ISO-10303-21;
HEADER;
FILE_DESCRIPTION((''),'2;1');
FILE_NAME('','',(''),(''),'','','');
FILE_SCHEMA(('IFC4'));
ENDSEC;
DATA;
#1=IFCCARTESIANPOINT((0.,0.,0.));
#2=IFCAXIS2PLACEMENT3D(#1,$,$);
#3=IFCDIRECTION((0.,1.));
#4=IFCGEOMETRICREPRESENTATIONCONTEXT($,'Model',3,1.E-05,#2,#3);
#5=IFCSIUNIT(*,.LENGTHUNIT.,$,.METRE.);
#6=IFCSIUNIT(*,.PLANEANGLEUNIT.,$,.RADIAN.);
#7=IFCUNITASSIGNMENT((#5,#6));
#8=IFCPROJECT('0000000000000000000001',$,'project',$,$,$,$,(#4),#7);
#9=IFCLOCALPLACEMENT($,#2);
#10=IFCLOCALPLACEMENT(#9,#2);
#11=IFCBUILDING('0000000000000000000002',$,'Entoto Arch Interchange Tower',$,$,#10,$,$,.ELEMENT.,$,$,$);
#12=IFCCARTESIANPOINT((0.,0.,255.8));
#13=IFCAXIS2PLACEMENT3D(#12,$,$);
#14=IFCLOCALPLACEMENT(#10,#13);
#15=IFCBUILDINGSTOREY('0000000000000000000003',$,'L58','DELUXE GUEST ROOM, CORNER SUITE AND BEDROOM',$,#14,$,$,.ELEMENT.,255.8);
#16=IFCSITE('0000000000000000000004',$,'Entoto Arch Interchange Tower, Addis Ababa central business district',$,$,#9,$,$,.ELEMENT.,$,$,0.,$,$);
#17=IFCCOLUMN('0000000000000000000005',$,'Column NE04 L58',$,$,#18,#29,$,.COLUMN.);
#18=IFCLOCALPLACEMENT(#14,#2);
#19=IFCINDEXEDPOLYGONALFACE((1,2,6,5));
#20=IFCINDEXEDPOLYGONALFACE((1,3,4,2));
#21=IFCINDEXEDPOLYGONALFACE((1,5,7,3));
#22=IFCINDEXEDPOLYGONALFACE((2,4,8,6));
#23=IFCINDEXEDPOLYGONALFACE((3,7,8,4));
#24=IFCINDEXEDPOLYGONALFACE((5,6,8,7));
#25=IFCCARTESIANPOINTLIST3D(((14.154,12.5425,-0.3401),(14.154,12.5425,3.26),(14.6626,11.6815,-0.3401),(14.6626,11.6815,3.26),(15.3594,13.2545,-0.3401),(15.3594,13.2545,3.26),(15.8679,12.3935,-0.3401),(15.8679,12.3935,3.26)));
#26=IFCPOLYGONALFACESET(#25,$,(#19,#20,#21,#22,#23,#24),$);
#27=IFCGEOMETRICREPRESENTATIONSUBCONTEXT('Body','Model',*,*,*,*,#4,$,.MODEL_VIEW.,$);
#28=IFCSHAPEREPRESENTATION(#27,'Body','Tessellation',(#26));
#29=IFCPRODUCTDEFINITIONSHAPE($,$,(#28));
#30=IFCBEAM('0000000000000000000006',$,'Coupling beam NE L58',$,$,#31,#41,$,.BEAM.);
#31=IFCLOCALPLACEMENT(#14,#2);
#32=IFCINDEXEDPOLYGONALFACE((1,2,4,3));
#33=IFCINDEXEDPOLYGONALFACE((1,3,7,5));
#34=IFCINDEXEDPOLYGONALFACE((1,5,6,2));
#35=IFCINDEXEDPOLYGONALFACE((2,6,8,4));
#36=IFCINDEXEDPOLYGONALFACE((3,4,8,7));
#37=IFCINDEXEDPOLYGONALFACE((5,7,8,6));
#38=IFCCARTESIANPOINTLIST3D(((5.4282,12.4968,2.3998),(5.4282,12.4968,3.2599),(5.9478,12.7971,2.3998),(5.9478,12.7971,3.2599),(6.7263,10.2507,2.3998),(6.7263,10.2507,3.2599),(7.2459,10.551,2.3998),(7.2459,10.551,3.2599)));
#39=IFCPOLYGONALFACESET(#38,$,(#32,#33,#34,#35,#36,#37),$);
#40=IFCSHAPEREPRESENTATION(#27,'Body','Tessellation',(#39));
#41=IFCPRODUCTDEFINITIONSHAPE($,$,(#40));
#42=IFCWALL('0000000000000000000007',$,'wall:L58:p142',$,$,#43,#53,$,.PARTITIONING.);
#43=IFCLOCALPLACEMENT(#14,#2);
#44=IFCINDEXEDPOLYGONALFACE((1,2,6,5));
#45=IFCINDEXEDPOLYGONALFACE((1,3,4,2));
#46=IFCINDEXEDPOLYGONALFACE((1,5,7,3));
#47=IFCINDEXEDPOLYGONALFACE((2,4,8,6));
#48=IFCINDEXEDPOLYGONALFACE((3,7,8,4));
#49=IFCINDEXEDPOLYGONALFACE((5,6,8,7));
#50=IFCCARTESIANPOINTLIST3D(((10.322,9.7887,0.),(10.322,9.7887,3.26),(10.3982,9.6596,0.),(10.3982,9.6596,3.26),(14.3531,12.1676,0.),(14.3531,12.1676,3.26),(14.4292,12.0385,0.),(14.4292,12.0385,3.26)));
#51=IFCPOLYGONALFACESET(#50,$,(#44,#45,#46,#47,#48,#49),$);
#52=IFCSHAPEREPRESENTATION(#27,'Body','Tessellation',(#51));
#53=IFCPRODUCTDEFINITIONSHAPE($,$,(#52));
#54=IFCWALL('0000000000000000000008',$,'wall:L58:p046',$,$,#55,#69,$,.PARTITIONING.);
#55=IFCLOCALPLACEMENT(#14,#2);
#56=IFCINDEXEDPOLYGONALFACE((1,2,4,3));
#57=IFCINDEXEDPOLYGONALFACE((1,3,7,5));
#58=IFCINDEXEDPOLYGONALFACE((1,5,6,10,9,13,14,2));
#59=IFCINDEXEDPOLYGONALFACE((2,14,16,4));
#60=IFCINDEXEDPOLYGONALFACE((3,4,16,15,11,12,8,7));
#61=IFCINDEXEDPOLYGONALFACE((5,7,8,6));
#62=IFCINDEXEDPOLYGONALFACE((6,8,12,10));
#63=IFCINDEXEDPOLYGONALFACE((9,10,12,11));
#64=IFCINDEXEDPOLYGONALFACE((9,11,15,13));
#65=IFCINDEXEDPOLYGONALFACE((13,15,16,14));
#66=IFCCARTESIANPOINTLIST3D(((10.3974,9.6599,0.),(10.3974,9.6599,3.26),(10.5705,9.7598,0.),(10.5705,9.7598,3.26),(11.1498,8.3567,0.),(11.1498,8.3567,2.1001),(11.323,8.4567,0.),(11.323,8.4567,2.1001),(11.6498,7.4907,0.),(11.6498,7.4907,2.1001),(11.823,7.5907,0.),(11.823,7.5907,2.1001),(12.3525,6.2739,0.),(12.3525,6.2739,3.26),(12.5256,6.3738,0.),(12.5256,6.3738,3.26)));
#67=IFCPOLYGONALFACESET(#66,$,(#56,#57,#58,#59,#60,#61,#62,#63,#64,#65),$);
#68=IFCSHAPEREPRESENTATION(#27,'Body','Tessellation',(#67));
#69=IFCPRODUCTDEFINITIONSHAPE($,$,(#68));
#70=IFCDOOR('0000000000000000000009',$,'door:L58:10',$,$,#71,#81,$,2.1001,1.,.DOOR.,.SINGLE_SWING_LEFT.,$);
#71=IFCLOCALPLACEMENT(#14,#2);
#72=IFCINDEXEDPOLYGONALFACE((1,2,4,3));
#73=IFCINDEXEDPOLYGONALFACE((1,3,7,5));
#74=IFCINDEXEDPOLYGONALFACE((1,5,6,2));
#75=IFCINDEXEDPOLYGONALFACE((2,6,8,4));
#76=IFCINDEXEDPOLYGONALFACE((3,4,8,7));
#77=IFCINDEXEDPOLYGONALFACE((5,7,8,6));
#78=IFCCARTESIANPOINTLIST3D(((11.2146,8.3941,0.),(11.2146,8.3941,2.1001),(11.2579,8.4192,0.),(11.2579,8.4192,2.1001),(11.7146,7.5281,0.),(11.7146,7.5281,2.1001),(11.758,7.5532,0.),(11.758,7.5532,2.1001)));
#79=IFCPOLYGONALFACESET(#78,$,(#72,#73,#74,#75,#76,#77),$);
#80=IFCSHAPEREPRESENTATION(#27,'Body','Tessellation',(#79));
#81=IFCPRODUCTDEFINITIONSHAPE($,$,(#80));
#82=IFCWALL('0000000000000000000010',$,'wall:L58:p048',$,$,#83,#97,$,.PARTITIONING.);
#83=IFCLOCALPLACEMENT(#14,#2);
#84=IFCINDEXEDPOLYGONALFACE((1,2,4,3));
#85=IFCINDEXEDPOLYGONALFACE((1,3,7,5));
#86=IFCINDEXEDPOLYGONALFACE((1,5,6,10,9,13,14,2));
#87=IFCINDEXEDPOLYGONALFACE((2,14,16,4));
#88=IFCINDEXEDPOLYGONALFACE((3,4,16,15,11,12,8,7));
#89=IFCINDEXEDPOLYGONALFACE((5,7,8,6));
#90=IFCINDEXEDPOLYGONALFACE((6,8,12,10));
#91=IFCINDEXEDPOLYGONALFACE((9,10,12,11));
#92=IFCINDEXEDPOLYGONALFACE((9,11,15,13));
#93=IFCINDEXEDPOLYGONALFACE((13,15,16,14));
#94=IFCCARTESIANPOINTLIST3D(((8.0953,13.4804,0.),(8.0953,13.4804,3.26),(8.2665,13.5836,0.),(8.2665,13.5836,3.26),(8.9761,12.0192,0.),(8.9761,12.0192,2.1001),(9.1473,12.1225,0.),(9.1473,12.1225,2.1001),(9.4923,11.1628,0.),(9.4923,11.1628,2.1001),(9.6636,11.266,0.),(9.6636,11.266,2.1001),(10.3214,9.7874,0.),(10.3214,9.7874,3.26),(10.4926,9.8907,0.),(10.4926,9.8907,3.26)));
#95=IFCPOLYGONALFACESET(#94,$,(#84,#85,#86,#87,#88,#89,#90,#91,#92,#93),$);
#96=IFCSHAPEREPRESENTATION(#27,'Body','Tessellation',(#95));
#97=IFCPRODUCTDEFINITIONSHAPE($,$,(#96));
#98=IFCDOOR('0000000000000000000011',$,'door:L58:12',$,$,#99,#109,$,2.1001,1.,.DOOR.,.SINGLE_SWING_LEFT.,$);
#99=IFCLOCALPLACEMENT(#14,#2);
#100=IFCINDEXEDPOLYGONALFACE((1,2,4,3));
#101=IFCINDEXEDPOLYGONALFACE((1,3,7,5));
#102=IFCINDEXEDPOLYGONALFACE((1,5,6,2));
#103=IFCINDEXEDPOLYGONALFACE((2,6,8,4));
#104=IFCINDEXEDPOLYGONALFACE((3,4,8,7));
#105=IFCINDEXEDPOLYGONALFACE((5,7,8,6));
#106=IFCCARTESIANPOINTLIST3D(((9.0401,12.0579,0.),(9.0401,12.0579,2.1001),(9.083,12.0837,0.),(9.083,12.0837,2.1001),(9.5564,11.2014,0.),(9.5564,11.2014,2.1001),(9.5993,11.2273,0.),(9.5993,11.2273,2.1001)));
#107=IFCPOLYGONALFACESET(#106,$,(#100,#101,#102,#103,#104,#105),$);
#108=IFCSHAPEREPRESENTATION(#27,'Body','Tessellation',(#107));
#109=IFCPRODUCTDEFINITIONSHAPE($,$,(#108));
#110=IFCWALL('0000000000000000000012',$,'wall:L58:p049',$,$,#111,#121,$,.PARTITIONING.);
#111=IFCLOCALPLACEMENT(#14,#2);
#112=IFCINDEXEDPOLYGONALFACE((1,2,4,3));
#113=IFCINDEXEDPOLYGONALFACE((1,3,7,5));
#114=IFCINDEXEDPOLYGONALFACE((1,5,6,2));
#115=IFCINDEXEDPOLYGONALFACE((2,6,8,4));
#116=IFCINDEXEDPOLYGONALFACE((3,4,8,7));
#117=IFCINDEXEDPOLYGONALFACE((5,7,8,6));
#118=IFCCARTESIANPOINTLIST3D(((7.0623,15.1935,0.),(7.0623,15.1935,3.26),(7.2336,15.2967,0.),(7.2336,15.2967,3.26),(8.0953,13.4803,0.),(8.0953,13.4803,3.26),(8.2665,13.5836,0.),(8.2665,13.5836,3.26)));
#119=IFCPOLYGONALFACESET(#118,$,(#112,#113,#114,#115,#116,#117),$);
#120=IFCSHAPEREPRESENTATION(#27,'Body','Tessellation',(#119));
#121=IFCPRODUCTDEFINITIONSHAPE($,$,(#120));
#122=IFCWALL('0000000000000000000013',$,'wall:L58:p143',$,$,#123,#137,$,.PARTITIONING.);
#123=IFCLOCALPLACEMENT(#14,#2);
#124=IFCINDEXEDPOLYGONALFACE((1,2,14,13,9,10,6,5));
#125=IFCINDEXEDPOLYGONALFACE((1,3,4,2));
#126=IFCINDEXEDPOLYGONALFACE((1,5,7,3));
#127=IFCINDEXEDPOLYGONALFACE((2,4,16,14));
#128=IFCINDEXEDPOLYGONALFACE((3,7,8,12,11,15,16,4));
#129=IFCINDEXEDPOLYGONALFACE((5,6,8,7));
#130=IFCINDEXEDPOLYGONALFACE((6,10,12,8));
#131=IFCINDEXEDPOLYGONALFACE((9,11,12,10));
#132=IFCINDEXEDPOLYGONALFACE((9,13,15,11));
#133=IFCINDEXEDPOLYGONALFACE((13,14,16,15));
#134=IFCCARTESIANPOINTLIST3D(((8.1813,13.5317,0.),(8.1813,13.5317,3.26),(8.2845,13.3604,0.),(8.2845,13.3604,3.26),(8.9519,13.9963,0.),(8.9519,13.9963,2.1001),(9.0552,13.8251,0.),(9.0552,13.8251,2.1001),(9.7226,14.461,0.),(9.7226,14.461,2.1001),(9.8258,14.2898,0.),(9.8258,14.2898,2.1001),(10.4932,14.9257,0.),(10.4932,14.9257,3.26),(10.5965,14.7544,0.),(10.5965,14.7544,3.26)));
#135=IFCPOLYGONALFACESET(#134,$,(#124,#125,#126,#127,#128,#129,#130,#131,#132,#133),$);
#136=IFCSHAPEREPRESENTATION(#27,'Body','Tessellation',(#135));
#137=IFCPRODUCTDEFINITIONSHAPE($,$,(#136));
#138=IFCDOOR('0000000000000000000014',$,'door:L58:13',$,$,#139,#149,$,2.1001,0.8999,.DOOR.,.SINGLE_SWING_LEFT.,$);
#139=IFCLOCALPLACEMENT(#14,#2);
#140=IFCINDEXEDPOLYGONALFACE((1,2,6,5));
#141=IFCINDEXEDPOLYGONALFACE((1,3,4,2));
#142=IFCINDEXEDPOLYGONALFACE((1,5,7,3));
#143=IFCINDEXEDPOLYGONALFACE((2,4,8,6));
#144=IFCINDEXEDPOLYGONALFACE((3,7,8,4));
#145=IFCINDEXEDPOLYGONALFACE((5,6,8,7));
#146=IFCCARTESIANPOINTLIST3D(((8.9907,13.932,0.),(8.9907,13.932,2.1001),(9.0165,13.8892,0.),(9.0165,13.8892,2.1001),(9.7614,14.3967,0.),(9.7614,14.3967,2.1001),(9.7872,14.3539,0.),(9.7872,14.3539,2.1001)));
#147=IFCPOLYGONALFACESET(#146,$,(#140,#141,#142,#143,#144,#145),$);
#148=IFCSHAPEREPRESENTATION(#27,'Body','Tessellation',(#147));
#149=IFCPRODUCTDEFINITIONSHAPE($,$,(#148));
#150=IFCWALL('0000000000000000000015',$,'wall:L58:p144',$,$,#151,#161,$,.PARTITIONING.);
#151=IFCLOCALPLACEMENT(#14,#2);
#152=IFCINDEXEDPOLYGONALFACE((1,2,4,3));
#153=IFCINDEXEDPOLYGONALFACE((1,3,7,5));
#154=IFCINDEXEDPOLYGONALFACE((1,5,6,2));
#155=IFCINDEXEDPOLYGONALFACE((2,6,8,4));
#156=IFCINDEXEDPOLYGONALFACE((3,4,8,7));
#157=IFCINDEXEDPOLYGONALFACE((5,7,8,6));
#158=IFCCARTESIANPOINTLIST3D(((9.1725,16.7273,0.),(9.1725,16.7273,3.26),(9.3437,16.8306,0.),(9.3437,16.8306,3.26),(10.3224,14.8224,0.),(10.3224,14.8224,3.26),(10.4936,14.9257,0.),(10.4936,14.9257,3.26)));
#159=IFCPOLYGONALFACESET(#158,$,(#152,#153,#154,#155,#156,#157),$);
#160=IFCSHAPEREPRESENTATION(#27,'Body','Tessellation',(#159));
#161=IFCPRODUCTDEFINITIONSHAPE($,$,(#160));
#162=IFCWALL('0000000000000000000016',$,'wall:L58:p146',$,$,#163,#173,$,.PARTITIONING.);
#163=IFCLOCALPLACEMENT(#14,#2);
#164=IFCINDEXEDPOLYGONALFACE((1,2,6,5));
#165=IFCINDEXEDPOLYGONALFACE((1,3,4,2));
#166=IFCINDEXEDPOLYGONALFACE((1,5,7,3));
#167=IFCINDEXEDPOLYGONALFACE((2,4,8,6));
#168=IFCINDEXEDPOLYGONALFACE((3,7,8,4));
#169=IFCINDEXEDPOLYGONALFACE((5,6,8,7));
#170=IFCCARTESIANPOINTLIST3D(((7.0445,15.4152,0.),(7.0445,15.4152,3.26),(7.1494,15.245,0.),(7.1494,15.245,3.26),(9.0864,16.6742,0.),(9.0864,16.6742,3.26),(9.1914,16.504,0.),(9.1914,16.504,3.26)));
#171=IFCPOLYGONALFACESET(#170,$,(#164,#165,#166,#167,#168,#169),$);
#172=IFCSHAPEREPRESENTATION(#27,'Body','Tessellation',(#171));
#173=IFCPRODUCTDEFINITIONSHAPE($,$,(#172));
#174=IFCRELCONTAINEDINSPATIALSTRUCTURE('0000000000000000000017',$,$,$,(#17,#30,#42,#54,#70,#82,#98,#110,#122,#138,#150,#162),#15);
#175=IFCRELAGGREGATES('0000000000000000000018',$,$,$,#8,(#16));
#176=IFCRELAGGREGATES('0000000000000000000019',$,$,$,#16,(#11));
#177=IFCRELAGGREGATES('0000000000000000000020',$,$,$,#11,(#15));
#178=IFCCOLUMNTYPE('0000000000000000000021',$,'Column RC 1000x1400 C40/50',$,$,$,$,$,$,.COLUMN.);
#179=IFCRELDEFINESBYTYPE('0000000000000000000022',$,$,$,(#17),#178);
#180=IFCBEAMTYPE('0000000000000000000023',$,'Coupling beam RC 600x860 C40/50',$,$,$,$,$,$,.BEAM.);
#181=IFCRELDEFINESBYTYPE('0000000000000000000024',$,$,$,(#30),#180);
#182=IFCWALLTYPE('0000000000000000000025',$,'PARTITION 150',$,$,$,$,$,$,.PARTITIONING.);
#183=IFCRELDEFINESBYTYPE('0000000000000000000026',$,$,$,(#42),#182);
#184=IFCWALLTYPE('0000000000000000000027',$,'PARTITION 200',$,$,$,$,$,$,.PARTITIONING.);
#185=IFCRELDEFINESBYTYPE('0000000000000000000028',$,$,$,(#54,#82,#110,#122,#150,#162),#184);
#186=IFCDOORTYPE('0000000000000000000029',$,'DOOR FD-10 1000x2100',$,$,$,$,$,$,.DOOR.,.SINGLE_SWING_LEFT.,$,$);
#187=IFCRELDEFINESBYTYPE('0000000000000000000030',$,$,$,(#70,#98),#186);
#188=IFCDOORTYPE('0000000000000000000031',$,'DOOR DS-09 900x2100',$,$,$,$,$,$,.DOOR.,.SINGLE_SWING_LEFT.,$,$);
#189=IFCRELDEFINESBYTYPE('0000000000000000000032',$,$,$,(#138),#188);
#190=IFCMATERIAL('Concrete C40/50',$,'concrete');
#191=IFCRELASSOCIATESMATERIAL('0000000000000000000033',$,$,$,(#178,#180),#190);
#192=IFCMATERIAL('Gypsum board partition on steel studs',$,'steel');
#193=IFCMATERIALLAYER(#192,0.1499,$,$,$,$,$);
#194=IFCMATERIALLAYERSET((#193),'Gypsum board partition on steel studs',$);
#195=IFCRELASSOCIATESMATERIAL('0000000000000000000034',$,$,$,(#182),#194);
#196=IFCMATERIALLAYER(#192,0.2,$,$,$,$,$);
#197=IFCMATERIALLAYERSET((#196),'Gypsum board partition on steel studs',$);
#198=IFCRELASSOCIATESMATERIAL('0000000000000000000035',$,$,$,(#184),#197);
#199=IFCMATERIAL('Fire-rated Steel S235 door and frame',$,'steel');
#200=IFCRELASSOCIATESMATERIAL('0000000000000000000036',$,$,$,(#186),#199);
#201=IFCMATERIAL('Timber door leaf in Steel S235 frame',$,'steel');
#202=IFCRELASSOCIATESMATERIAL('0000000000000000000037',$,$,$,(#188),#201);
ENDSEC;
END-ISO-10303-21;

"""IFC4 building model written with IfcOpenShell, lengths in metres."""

from ifc_helpers import new_model, si_unit, direction, frame, frame_2d, origin, origin_2d, place, context, subcontext, project, spatial, rectangle, extrude, material, layer, layer_set, material_profile, profile_set, type_object, element, fill, save


model = new_model("IFC4")

# Units and contexts
model_context = context("Model", 3, precision=1e-05, world=origin(), true_north=direction((0.0, 1.0)))
body_context = subcontext(model_context, "Body", "Model", "MODEL_VIEW")
ifc_project = project(units=[si_unit("LENGTHUNIT", "METRE"), si_unit("PLANEANGLEUNIT", "RADIAN")], contexts=[model_context])

# Site, building, storey
site_placement = place(None, origin())
site = spatial("IfcSite", under=ifc_project, at=site_placement, Name="Entoto Arch Interchange Tower, Addis Ababa central business district", CompositionType="ELEMENT", RefElevation=0.0)
building_placement = place(site_placement, origin())
building = spatial("IfcBuilding", under=site, at=building_placement, Name="Entoto Arch Interchange Tower", CompositionType="ELEMENT")
storey_placement = place(building_placement, frame((0.0, 0.0, 255.8)))
storey = spatial("IfcBuildingStorey", under=building, at=storey_placement, Name="L58", Description="DELUXE GUEST ROOM, CORNER SUITE AND BEDROOM", CompositionType="ELEMENT", Elevation=255.8)

# Column
ifc_material_1 = material(Name="Concrete C40/50", Category="concrete")
ifc_material_profile_1 = material_profile(ifc_material_1, rectangle(XDim=1.0, YDim=1.3999, at=origin_2d()))
ifc_profile_set_1 = profile_set([ifc_material_profile_1], Name="Concrete C40/50")
column_type = type_object("IfcColumnType", Name="Column RC 1000x1400 C40/50", PredefinedType="COLUMN", material=ifc_profile_set_1)
column_placement = place(storey_placement, frame((15.011, 12.468, -0.3401), z_axis=(0.0, 0.0, 1.0), x_axis=(-0.508576, 0.861017, 0.0)))
element("IfcColumn", 1, at=column_placement, inside=storey, type_object=column_type, Name="Column NE04 L58", PredefinedType="COLUMN", context=body_context, shape_type="SweptSolid", body=[
    extrude(rectangle(XDim=1.0, YDim=1.3999, at=origin_2d()), origin(), (0.0, 0.0, 1.0), 3.6001),
])

# Beam
ifc_material_profile_2 = material_profile(ifc_material_1, rectangle(XDim=0.6001, YDim=0.8601, at=origin_2d()))
ifc_profile_set_2 = profile_set([ifc_material_profile_2], Name="Concrete C40/50")
beam_type = type_object("IfcBeamType", Name="Coupling beam RC 600x860 C40/50", PredefinedType="BEAM", material=ifc_profile_set_2)
beam_placement = place(storey_placement, frame((6.9861, 10.4009, 2.8298), z_axis=(-0.50038, 0.865806, 0.0), x_axis=(-0.865806, -0.50038, 0.0)))
element("IfcBeam", 2, at=beam_placement, inside=storey, type_object=beam_type, Name="Coupling beam NE L58", PredefinedType="BEAM", context=body_context, shape_type="SweptSolid", body=[
    extrude(rectangle(XDim=0.6001, YDim=0.8601, at=origin_2d()), origin(), (0.0, 0.0, 1.0), 2.5942),
])

# Wall
ifc_material_2 = material(Name="Gypsum board partition on steel studs", Category="steel")
ifc_layer_1 = layer(ifc_material_2, 0.1499)
ifc_layer_set_1 = layer_set([ifc_layer_1], Name="Gypsum board partition on steel studs")
wall_type_1 = type_object("IfcWallType", Name="PARTITION 150", PredefinedType="PARTITIONING", material=ifc_layer_set_1)
wall_1_placement = place(storey_placement, frame((10.3601, 9.7241, 0.0), z_axis=(0.0, 0.0, 1.0), x_axis=(0.861212, 0.508246, 0.0)))
element("IfcWall", 3, at=wall_1_placement, inside=storey, type_object=wall_type_1, Name="wall:L58:p142", PredefinedType="PARTITIONING", context=body_context, shape_type="SweptSolid", body=[
    extrude(rectangle(XDim=4.6807, YDim=0.1499, at=frame_2d((2.3403, 0.0))), origin(), (0.0, 0.0, 1.0), 3.26),
])

# Walls, openings, doors
ifc_layer_2 = layer(ifc_material_2, 0.2)
ifc_layer_set_2 = layer_set([ifc_layer_2], Name="Gypsum board partition on steel studs")
wall_type_2 = type_object("IfcWallType", Name="PARTITION 200", PredefinedType="PARTITIONING", material=ifc_layer_set_2)
wall_2_placement = place(storey_placement, frame((10.4839, 9.71, 0.0), z_axis=(0.0, 0.0, 1.0), x_axis=(0.500034, -0.866006, 0.0)))
wall_2 = element("IfcWall", 4, at=wall_2_placement, inside=storey, type_object=wall_type_2, Name="wall:L58:p046", PredefinedType="PARTITIONING", context=body_context, shape_type="SweptSolid", body=[
    extrude(rectangle(XDim=3.9099, YDim=0.2, at=frame_2d((1.9551, 0.0))), origin(), (0.0, 0.0, 1.0), 3.26),
])
opening_1_placement = place(wall_2_placement, frame((1.5049, 0.0, 0.0)))
opening_1 = element("IfcOpeningElement", 5, at=opening_1_placement, cuts=wall_2, PredefinedType="OPENING", context=body_context, shape_type="SweptSolid", body=[
    extrude(rectangle(XDim=1.0, YDim=2.1001, at=frame_2d((0.5, 1.05))), frame((0.0, 0.1099, 0.0), z_axis=(0.0, -1.0, 0.0), x_axis=(1.0, 0.0, 0.0)), (0.0, 0.0, 1.0), 0.22),
])
ifc_material_3 = material(Name="Fire-rated Steel S235 door and frame", Category="steel")
door_type_1 = type_object("IfcDoorType", Name="DOOR FD-10 1000x2100", OperationType="SINGLE_SWING_LEFT", PredefinedType="DOOR", material=ifc_material_3)
door_1_placement = place(opening_1_placement, origin())
door_1 = element("IfcDoor", 6, at=door_1_placement, inside=storey, type_object=door_type_1, Name="door:L58:10", OperationType="SINGLE_SWING_LEFT", OverallHeight=2.1001, OverallWidth=1.0, PredefinedType="DOOR", context=body_context, shape_type="SweptSolid", body=[
    extrude(rectangle(XDim=1.0, YDim=2.1001, at=frame_2d((0.5, 1.05))), frame((0.0, 0.0249, 0.0), z_axis=(0.0, -1.0, 0.0), x_axis=(1.0, 0.0, 0.0)), (0.0, 0.0, 1.0), 0.05),
])
fill(opening_1, door_1)
wall_3_placement = place(storey_placement, frame((8.1809, 13.532, 0.0), z_axis=(0.0, 0.0, 1.0), x_axis=(0.51626, -0.856432, 0.0)))
wall_3 = element("IfcWall", 7, at=wall_3_placement, inside=storey, type_object=wall_type_2, Name="wall:L58:p048", PredefinedType="PARTITIONING", context=body_context, shape_type="SweptSolid", body=[
    extrude(rectangle(XDim=4.312, YDim=0.2, at=frame_2d((2.156, 0.0))), origin(), (0.0, 0.0, 1.0), 3.26),
])
opening_2_placement = place(wall_3_placement, frame((1.7061, 0.0, 0.0)))
opening_2 = element("IfcOpeningElement", 8, at=opening_2_placement, cuts=wall_3, PredefinedType="OPENING", context=body_context, shape_type="SweptSolid", body=[
    extrude(rectangle(XDim=1.0, YDim=2.1001, at=frame_2d((0.5, 1.05))), frame((0.0, 0.1099, 0.0), z_axis=(0.0, -1.0, 0.0), x_axis=(1.0, 0.0, 0.0)), (0.0, 0.0, 1.0), 0.22),
])
door_2_placement = place(opening_2_placement, origin())
door_2 = element("IfcDoor", 9, at=door_2_placement, inside=storey, type_object=door_type_1, Name="door:L58:12", OperationType="SINGLE_SWING_LEFT", OverallHeight=2.1001, OverallWidth=1.0, PredefinedType="DOOR", context=body_context, shape_type="SweptSolid", body=[
    extrude(rectangle(XDim=1.0, YDim=2.1001, at=frame_2d((0.5, 1.05))), frame((0.0, 0.0249, 0.0), z_axis=(0.0, -1.0, 0.0), x_axis=(1.0, 0.0, 0.0)), (0.0, 0.0, 1.0), 0.05),
])
fill(opening_2, door_2)

# Wall
wall_4_placement = place(storey_placement, frame((7.1479, 15.2451, 0.0), z_axis=(0.0, 0.0, 1.0), x_axis=(0.516361, -0.856371, 0.0)))
element("IfcWall", 10, at=wall_4_placement, inside=storey, type_object=wall_type_2, Name="wall:L58:p049", PredefinedType="PARTITIONING", context=body_context, shape_type="SweptSolid", body=[
    extrude(rectangle(XDim=2.0005, YDim=0.2, at=frame_2d((1.0002, 0.0))), origin(), (0.0, 0.0, 1.0), 3.26),
])

# Wall, opening, door
wall_5_placement = place(storey_placement, frame((8.2329, 13.446, 0.0), z_axis=(0.0, 0.0, 1.0), x_axis=(0.856374, 0.516356, 0.0)))
wall_5 = element("IfcWall", 11, at=wall_5_placement, inside=storey, type_object=wall_type_2, Name="wall:L58:p143", PredefinedType="PARTITIONING", context=body_context, shape_type="SweptSolid", body=[
    extrude(rectangle(XDim=2.6997, YDim=0.2, at=frame_2d((1.3499, 0.0))), origin(), (0.0, 0.0, 1.0), 3.26),
])
opening_3_placement = place(wall_5_placement, frame((0.8999, 0.0, 0.0)))
opening_3 = element("IfcOpeningElement", 12, at=opening_3_placement, cuts=wall_5, PredefinedType="OPENING", context=body_context, shape_type="SweptSolid", body=[
    extrude(rectangle(XDim=0.8999, YDim=2.1001, at=frame_2d((0.45, 1.05))), frame((0.0, 0.1099, 0.0), z_axis=(0.0, -1.0, 0.0), x_axis=(1.0, 0.0, 0.0)), (0.0, 0.0, 1.0), 0.22),
])
ifc_material_4 = material(Name="Timber door leaf in Steel S235 frame", Category="steel")
door_type_2 = type_object("IfcDoorType", Name="DOOR DS-09 900x2100", OperationType="SINGLE_SWING_LEFT", PredefinedType="DOOR", material=ifc_material_4)
door_3_placement = place(opening_3_placement, origin())
door_3 = element("IfcDoor", 13, at=door_3_placement, inside=storey, type_object=door_type_2, Name="door:L58:13", OperationType="SINGLE_SWING_LEFT", OverallHeight=2.1001, OverallWidth=0.8999, PredefinedType="DOOR", context=body_context, shape_type="SweptSolid", body=[
    extrude(rectangle(XDim=0.8999, YDim=2.1001, at=frame_2d((0.45, 1.05))), frame((0.0, 0.0249, 0.0), z_axis=(0.0, -1.0, 0.0), x_axis=(1.0, 0.0, 0.0)), (0.0, 0.0, 1.0), 0.05),
])
fill(opening_3, door_3)

# Walls
wall_6_placement = place(storey_placement, frame((10.408, 14.874, 0.0), z_axis=(0.0, 0.0, 1.0), x_axis=(-0.516769, 0.856125, 0.0)))
element("IfcWall", 14, at=wall_6_placement, inside=storey, type_object=wall_type_2, Name="wall:L58:p144", PredefinedType="PARTITIONING", context=body_context, shape_type="SweptSolid", body=[
    extrude(rectangle(XDim=2.2251, YDim=0.2, at=frame_2d((1.1125, 0.0))), origin(), (0.0, 0.0, 1.0), 3.26),
])
wall_7_placement = place(storey_placement, frame((7.0969, 15.3301, 0.0), z_axis=(0.0, 0.0, 1.0), x_axis=(0.851207, 0.52483, 0.0)))
element("IfcWall", 15, at=wall_7_placement, inside=storey, type_object=wall_type_2, Name="wall:L58:p146", PredefinedType="PARTITIONING", context=body_context, shape_type="SweptSolid", body=[
    extrude(rectangle(XDim=2.3989, YDim=0.2, at=frame_2d((1.1995, 0.0))), origin(), (0.0, 0.0, 1.0), 3.26),
])

save(model, "model.ifc")
